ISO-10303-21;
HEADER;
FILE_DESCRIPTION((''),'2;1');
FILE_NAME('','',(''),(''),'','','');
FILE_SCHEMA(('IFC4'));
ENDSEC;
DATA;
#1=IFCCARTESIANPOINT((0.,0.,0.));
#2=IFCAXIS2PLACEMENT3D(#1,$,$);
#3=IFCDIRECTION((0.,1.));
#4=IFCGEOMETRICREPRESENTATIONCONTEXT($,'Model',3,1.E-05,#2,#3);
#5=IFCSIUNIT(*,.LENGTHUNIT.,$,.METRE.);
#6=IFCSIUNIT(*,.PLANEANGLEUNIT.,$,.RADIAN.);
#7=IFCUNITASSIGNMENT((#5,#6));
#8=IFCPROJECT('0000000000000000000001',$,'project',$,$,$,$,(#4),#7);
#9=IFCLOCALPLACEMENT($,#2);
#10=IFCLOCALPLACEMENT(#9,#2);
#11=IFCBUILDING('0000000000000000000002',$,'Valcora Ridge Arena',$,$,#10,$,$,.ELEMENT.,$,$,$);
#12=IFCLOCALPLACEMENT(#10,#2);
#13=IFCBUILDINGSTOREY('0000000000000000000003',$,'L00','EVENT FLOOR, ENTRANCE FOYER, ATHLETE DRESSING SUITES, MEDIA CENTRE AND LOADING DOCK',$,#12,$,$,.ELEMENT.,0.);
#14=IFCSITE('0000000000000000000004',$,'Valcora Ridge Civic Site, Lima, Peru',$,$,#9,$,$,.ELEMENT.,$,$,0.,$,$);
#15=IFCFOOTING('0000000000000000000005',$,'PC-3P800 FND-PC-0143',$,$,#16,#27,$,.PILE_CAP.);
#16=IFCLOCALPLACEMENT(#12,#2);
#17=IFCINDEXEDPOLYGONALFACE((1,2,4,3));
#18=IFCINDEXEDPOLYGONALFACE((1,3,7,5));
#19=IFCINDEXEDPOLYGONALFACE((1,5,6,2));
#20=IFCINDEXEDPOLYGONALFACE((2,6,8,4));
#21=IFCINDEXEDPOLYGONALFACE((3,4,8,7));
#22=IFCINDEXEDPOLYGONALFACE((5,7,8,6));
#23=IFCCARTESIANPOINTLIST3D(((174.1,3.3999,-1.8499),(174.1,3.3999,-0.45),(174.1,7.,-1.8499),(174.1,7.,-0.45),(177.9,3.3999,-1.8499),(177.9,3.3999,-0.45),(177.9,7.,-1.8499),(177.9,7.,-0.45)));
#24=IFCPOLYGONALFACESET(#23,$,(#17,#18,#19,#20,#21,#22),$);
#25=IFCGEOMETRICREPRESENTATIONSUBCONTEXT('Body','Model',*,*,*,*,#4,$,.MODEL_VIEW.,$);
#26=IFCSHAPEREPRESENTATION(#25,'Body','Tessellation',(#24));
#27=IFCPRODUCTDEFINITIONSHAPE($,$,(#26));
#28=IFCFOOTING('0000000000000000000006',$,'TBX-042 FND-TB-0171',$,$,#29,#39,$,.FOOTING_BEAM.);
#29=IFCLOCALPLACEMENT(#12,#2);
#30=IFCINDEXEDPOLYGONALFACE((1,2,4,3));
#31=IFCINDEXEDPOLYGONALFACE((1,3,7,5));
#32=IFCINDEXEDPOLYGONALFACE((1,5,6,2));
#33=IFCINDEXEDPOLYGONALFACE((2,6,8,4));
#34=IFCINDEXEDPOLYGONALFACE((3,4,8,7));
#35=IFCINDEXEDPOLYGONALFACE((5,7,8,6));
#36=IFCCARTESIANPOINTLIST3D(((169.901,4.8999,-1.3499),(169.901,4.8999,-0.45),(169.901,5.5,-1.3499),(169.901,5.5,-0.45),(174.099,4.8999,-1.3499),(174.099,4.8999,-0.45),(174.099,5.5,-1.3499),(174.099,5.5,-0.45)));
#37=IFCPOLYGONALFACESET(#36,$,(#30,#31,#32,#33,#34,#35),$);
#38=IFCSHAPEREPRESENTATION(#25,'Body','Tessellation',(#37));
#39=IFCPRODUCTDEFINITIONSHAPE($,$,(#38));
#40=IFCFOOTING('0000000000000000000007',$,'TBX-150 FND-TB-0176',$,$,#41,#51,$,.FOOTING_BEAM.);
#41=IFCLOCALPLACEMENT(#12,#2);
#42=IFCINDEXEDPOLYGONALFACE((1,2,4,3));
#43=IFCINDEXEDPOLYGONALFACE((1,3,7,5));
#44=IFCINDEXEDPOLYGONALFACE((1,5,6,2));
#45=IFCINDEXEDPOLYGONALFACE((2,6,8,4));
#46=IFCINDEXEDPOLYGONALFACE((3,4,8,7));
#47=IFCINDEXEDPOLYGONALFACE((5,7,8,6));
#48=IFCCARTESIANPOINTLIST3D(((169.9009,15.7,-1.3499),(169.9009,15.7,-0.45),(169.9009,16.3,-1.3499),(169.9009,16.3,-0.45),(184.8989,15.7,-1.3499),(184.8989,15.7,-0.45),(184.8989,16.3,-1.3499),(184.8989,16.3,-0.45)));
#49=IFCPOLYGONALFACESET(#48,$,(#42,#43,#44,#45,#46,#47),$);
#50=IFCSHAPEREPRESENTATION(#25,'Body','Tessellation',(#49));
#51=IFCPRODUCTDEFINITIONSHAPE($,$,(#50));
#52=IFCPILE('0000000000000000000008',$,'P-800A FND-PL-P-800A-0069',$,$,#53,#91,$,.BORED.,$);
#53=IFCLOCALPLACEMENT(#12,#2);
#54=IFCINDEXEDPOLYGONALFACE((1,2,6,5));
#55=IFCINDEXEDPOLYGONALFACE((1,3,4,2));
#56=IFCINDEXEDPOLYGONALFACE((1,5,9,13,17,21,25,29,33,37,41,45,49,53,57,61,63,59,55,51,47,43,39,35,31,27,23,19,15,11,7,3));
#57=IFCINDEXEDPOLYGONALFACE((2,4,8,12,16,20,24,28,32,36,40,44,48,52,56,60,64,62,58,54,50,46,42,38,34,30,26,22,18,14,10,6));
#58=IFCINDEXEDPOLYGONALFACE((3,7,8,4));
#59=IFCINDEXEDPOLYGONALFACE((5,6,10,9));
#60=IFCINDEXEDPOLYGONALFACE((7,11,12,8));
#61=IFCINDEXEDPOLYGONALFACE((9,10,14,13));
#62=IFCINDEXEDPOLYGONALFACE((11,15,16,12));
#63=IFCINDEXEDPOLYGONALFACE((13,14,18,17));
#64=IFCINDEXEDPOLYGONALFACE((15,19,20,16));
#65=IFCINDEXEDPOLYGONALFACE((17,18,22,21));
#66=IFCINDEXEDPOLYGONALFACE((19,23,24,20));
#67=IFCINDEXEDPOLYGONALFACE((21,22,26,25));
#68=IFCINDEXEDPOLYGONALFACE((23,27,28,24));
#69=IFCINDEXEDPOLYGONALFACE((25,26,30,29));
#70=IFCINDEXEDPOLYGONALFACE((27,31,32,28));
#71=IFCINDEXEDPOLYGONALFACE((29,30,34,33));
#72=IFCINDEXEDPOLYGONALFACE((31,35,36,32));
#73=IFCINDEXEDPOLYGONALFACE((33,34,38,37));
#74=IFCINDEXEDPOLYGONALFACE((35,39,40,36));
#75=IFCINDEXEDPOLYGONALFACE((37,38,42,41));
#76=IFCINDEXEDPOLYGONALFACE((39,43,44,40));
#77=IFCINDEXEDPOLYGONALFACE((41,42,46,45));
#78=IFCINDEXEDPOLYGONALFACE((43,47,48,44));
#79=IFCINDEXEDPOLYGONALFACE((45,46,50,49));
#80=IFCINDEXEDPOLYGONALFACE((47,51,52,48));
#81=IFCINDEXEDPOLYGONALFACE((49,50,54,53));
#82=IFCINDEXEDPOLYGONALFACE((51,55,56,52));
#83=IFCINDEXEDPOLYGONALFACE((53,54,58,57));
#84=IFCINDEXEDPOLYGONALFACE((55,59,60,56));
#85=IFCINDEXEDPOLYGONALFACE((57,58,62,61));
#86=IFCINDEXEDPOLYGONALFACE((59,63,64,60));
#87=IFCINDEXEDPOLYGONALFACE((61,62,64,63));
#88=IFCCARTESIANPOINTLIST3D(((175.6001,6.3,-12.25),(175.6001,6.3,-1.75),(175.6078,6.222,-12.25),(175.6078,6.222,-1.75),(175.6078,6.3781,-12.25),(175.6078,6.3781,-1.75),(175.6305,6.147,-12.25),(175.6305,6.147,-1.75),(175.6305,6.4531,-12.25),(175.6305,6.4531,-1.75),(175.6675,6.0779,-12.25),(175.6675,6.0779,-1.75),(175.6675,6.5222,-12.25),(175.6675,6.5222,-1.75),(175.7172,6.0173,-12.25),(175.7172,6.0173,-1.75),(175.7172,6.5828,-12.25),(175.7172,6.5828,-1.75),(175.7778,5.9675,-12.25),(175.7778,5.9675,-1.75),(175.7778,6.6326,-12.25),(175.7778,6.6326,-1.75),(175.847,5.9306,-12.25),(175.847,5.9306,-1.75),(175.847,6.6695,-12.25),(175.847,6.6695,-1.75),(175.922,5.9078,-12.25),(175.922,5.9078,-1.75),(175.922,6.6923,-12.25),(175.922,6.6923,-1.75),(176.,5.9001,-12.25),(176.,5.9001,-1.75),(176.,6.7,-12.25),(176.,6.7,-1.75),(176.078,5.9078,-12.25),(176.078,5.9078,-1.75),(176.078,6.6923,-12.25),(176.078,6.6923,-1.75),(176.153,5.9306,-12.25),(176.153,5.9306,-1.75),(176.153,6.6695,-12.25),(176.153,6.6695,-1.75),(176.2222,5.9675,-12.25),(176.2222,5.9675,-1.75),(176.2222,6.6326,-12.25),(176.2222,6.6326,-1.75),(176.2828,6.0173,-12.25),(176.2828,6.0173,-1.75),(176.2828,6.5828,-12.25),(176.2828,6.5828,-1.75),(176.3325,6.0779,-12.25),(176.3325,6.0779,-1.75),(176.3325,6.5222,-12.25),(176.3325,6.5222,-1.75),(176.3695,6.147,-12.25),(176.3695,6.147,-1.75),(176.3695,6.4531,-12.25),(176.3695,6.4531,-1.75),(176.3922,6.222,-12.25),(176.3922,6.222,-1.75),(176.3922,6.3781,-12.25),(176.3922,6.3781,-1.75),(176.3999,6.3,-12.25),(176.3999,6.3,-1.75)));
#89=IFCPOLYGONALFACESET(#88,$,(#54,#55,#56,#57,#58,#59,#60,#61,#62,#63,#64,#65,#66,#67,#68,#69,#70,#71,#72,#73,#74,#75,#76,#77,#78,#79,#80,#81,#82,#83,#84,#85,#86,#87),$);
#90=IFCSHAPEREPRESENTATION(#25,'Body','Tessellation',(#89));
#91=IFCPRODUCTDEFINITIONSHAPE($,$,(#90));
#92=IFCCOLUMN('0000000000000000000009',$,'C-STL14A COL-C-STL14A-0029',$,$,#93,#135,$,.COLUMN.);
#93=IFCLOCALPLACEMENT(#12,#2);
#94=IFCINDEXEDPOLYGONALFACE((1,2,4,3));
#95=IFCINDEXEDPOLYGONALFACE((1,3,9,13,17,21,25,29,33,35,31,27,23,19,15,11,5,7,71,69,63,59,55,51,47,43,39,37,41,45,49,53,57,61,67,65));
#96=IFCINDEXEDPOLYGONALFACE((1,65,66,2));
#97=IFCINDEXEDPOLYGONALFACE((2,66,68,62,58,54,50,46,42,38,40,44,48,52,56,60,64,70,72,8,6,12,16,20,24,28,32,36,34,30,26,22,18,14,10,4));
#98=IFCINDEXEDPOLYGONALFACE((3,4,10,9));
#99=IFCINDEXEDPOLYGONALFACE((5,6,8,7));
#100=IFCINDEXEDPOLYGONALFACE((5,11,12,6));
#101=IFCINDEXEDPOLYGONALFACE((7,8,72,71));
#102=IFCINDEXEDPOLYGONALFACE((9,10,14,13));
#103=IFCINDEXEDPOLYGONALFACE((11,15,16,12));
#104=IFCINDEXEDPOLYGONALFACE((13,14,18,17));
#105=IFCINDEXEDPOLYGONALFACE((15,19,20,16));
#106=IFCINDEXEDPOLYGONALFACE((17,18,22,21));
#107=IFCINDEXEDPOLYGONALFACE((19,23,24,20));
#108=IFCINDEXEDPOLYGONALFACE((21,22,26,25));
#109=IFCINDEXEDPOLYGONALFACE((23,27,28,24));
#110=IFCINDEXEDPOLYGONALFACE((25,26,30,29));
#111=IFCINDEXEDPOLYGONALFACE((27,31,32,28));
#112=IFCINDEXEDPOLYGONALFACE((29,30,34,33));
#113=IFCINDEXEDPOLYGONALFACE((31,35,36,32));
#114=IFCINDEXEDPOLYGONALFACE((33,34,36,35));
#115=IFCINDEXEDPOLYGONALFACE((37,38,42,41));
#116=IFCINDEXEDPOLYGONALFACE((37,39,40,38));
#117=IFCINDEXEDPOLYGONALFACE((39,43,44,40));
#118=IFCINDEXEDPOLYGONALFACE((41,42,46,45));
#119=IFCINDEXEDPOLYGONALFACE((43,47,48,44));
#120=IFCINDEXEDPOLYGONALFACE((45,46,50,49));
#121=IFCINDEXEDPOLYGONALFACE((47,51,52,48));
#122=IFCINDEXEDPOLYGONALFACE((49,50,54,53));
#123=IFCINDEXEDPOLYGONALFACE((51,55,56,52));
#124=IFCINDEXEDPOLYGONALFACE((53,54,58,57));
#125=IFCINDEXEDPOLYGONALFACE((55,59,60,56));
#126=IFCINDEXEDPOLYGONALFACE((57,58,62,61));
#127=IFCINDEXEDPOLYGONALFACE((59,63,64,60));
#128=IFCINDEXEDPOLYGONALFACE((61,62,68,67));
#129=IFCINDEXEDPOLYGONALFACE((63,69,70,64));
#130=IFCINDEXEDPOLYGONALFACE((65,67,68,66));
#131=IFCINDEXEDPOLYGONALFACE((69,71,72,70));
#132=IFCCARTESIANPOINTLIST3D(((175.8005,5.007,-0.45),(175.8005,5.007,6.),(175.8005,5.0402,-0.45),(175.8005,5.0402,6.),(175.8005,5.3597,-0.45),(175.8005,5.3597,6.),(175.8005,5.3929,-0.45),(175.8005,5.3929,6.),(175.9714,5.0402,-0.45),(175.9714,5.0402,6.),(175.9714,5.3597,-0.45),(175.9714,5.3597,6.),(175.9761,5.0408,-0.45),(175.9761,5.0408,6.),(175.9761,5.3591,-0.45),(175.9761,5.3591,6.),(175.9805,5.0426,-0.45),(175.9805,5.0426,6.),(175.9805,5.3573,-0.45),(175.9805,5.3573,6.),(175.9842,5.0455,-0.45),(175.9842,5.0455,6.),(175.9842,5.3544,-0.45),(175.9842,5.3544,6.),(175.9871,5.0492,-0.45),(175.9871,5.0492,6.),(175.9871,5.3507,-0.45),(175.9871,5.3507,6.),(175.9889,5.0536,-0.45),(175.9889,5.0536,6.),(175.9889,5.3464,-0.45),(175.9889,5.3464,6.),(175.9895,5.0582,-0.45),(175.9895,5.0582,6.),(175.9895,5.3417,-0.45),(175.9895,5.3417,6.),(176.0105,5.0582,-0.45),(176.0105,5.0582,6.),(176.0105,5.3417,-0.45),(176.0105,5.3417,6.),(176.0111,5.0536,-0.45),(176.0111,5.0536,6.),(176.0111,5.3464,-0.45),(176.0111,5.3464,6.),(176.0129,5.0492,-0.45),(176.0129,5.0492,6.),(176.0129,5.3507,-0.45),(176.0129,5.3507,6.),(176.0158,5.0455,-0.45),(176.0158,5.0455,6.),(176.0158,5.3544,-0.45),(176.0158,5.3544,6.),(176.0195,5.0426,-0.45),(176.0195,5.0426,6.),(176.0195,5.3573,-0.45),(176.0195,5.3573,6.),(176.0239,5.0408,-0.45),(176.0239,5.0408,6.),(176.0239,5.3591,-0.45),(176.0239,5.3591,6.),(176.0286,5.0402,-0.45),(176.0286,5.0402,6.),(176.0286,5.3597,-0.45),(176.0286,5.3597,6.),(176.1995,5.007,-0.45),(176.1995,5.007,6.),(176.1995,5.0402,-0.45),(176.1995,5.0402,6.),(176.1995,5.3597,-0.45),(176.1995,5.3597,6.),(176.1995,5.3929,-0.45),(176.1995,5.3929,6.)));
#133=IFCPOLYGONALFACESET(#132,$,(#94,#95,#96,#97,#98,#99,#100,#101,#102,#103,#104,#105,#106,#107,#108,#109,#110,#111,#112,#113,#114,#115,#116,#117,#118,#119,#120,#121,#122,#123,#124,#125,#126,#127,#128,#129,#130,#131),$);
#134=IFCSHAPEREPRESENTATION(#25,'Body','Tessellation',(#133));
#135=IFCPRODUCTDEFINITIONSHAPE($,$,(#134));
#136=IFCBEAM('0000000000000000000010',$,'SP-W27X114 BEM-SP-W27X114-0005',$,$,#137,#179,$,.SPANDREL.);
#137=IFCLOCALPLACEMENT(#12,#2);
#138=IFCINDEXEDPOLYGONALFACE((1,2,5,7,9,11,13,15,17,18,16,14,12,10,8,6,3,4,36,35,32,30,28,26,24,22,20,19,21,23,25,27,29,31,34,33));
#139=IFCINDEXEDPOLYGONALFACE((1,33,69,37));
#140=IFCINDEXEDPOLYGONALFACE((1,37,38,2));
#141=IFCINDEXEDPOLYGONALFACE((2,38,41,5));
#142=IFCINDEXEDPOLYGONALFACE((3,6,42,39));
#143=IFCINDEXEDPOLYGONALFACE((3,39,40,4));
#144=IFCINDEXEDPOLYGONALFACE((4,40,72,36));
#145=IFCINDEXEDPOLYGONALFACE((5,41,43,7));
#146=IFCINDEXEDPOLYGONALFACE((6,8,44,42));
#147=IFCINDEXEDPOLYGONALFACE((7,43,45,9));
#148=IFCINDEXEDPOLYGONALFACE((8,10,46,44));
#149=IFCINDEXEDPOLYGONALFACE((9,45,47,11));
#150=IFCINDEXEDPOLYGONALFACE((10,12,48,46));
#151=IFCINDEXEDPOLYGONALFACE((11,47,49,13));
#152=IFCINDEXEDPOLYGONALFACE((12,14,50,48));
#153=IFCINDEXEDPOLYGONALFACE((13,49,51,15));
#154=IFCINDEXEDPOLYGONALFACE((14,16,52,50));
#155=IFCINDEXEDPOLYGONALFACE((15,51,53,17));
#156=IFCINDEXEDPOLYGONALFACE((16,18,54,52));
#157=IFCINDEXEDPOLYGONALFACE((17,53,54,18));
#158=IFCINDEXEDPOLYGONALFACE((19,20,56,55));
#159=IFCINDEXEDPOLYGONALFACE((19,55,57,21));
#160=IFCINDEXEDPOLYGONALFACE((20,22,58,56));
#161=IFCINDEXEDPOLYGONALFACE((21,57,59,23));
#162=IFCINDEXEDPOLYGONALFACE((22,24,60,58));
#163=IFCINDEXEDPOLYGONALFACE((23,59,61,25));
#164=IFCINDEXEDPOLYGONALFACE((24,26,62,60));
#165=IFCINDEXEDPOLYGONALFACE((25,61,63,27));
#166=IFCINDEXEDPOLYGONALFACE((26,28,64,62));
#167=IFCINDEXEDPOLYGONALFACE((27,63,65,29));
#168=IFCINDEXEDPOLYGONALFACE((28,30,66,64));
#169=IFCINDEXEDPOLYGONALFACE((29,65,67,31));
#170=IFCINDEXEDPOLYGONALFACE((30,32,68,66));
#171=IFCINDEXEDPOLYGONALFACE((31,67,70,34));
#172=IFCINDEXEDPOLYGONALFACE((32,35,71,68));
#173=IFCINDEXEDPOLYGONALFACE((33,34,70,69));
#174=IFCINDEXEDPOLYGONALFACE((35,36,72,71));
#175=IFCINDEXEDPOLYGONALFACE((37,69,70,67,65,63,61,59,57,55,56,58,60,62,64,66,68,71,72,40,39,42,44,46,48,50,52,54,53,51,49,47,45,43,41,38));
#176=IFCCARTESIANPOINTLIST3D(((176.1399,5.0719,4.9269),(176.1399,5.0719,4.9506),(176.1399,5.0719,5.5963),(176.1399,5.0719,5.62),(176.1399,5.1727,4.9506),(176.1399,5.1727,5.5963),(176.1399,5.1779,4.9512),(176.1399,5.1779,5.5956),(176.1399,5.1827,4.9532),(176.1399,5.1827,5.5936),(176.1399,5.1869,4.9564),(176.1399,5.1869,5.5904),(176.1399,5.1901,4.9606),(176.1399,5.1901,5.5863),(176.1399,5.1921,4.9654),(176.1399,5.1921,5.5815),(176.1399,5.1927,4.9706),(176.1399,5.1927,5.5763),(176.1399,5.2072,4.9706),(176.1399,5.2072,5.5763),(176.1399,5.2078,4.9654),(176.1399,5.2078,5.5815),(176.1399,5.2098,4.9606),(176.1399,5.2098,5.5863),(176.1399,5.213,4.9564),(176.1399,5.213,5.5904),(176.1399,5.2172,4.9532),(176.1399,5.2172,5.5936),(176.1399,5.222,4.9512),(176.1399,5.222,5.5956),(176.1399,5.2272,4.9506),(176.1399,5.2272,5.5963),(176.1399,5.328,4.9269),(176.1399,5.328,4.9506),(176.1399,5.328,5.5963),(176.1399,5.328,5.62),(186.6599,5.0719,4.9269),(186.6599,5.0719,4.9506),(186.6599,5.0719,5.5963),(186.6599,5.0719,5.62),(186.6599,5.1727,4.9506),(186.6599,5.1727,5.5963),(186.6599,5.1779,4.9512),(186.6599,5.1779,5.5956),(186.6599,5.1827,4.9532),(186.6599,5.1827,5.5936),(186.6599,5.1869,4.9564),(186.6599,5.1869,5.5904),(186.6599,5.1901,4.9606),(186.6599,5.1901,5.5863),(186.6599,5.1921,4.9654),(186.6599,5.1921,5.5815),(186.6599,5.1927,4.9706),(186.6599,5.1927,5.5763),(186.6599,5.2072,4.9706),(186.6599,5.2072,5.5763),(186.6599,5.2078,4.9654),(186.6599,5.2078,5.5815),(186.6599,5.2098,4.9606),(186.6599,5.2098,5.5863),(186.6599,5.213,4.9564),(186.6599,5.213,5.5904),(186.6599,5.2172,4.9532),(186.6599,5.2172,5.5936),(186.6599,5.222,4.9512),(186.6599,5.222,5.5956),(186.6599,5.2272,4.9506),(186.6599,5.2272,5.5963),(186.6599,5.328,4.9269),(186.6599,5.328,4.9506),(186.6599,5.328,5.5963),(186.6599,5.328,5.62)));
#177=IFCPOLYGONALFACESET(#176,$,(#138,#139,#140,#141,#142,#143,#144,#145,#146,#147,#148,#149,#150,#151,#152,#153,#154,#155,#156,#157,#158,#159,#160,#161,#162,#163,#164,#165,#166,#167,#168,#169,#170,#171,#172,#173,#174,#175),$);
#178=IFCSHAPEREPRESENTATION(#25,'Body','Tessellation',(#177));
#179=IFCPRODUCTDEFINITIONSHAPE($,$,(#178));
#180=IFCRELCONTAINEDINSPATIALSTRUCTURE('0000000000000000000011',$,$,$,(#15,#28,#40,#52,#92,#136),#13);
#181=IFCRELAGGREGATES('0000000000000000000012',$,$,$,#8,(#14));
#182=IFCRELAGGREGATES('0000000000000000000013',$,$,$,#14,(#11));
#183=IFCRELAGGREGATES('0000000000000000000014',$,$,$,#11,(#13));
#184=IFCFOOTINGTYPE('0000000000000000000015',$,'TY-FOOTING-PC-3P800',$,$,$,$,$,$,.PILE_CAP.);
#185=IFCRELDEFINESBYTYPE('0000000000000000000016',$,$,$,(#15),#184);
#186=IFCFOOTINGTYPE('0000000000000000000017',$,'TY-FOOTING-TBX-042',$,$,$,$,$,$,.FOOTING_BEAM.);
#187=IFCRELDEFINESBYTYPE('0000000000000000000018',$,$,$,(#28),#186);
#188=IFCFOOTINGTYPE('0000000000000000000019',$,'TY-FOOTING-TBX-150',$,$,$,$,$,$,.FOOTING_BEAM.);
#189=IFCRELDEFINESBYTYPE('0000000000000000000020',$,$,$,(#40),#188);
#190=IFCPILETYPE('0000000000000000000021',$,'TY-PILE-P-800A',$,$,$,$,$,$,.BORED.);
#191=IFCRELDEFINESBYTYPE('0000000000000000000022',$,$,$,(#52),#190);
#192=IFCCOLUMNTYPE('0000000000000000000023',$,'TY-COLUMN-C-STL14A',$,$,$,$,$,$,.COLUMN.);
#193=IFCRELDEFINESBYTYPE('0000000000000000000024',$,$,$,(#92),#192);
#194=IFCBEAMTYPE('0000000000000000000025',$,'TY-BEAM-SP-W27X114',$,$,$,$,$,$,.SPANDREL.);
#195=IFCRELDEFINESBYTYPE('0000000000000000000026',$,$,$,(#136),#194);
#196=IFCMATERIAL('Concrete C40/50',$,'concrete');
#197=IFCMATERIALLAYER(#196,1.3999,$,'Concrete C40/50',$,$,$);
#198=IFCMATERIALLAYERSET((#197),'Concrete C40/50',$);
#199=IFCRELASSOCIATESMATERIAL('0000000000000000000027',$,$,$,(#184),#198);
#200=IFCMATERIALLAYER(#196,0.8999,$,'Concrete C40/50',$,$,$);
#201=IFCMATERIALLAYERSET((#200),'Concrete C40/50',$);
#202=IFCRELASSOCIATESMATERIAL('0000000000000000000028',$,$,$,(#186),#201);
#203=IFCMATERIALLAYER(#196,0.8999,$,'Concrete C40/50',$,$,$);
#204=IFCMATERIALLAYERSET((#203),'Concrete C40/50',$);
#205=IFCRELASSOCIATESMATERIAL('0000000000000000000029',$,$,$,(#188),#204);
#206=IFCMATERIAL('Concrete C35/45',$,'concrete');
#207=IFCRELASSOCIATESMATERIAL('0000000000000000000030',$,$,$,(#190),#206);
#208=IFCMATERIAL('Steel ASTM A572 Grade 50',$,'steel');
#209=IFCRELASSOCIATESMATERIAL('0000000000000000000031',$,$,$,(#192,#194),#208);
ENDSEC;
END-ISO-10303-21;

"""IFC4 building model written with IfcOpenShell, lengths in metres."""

from ifc_helpers import new_model, si_unit, direction, frame, origin, origin_2d, place, context, subcontext, project, spatial, rectangle, circle, i_section, extrude, material, layer, layer_set, material_profile, profile_set, type_object, element, save


model = new_model("IFC4")

# Units and contexts
model_context = context("Model", 3, precision=1e-05, world=origin(), true_north=direction((0.0, 1.0)))
body_context = subcontext(model_context, "Body", "Model", "MODEL_VIEW")
ifc_project = project(units=[si_unit("LENGTHUNIT", "METRE"), si_unit("PLANEANGLEUNIT", "RADIAN")], contexts=[model_context])

# Site, building, storey
site_placement = place(None, origin())
site = spatial("IfcSite", under=ifc_project, at=site_placement, Name="Valcora Ridge Civic Site, Lima, Peru", CompositionType="ELEMENT", RefElevation=0.0)
building_placement = place(site_placement, origin())
building = spatial("IfcBuilding", under=site, at=building_placement, Name="Valcora Ridge Arena", CompositionType="ELEMENT")
storey_placement = place(building_placement, origin())
storey = spatial("IfcBuildingStorey", under=building, at=storey_placement, Name="L00", Description="EVENT FLOOR, ENTRANCE FOYER, ATHLETE DRESSING SUITES, MEDIA CENTRE AND LOADING DOCK", CompositionType="ELEMENT", Elevation=0.0)

# Footings
ifc_material_1 = material(Name="Concrete C40/50", Category="concrete")
ifc_layer_1 = layer(ifc_material_1, 1.3999, Name="Concrete C40/50")
ifc_layer_set_1 = layer_set([ifc_layer_1], Name="Concrete C40/50")
footing_type_1 = type_object("IfcFootingType", Name="TY-FOOTING-PC-3P800", PredefinedType="PILE_CAP", material=ifc_layer_set_1)
footing_1_placement = place(storey_placement, frame((176.0, 5.2, -1.8499), z_axis=(0.0, 0.0, 1.0), x_axis=(1.0, 0.0, 0.0)))
element("IfcFooting", 1, at=footing_1_placement, inside=storey, type_object=footing_type_1, Name="PC-3P800 FND-PC-0143", PredefinedType="PILE_CAP", context=body_context, shape_type="SweptSolid", body=[
    extrude(rectangle(XDim=3.8, YDim=3.6001, at=origin_2d()), origin(), (0.0, 0.0, 1.0), 1.3999),
])
ifc_layer_2 = layer(ifc_material_1, 0.8999, Name="Concrete C40/50")
ifc_layer_set_2 = layer_set([ifc_layer_2], Name="Concrete C40/50")
footing_type_2 = type_object("IfcFootingType", Name="TY-FOOTING-TBX-042", PredefinedType="FOOTING_BEAM", material=ifc_layer_set_2)
footing_2_placement = place(storey_placement, frame((172.0, 5.2, -1.3499), z_axis=(0.0, 0.0, 1.0), x_axis=(1.0, 0.0, 0.0)))
element("IfcFooting", 2, at=footing_2_placement, inside=storey, type_object=footing_type_2, Name="TBX-042 FND-TB-0171", PredefinedType="FOOTING_BEAM", context=body_context, shape_type="SweptSolid", body=[
    extrude(rectangle(XDim=4.198, YDim=0.6001, at=origin_2d()), origin(), (0.0, 0.0, 1.0), 0.8999),
])
ifc_layer_3 = layer(ifc_material_1, 0.8999, Name="Concrete C40/50")
ifc_layer_set_3 = layer_set([ifc_layer_3], Name="Concrete C40/50")
footing_type_3 = type_object("IfcFootingType", Name="TY-FOOTING-TBX-150", PredefinedType="FOOTING_BEAM", material=ifc_layer_set_3)
footing_3_placement = place(storey_placement, frame((177.3999, 16.0, -1.3499), z_axis=(0.0, 0.0, 1.0), x_axis=(1.0, 0.0, 0.0)))
element("IfcFooting", 3, at=footing_3_placement, inside=storey, type_object=footing_type_3, Name="TBX-150 FND-TB-0176", PredefinedType="FOOTING_BEAM", context=body_context, shape_type="SweptSolid", body=[
    extrude(rectangle(XDim=14.998, YDim=0.6001, at=origin_2d()), origin(), (0.0, 0.0, 1.0), 0.8999),
])

# Pile
ifc_material_2 = material(Name="Concrete C35/45", Category="concrete")
ifc_material_profile_1 = material_profile(ifc_material_2, circle(Radius=0.3999, at=origin_2d()), Name="BORED PILE D800")
ifc_profile_set_1 = profile_set([ifc_material_profile_1], Name="Concrete C35/45")
pile_type = type_object("IfcPileType", Name="TY-PILE-P-800A", PredefinedType="BORED", material=ifc_profile_set_1)
pile_placement = place(storey_placement, frame((176.0, 6.3, -1.75), z_axis=(0.0, 0.0, -1.0), x_axis=(1.0, 0.0, 0.0)))
element("IfcPile", 4, at=pile_placement, inside=storey, type_object=pile_type, Name="P-800A FND-PL-P-800A-0069", PredefinedType="BORED", context=body_context, shape_type="SweptSolid", body=[
    extrude(circle(Radius=0.3999, at=origin_2d()), origin(), (0.0, 0.0, 1.0), 10.5),
])

# Column
ifc_material_3 = material(Name="Steel ASTM A572 Grade 50", Category="steel")
ifc_material_profile_2 = material_profile(ifc_material_3, i_section(OverallWidth=0.3989, OverallDepth=0.386, WebThickness=0.021, FlangeThickness=0.0332, FilletRadius=0.0181, at=origin_2d()), Name="W14X176")
ifc_profile_set_2 = profile_set([ifc_material_profile_2], Name="Steel ASTM A572 Grade 50")
column_type = type_object("IfcColumnType", Name="TY-COLUMN-C-STL14A", PredefinedType="COLUMN", material=ifc_profile_set_2)
column_placement = place(storey_placement, frame((176.0, 5.2, -0.45), z_axis=(0.0, 0.0, 1.0), x_axis=(1.0, 0.0, 0.0)))
element("IfcColumn", 5, at=column_placement, inside=storey, type_object=column_type, Name="C-STL14A COL-C-STL14A-0029", PredefinedType="COLUMN", context=body_context, shape_type="SweptSolid", body=[
    extrude(i_section(OverallWidth=0.3989, OverallDepth=0.386, WebThickness=0.021, FlangeThickness=0.0332, FilletRadius=0.0181, at=origin_2d()), origin(), (0.0, 0.0, 1.0), 6.45),
])

# Beam
ifc_material_profile_3 = material_profile(ifc_material_3, i_section(OverallWidth=0.2561, OverallDepth=0.6931, WebThickness=0.0144, FlangeThickness=0.0237, FilletRadius=0.02, at=origin_2d()), Name="W27X114")
ifc_profile_set_3 = profile_set([ifc_material_profile_3], Name="Steel ASTM A572 Grade 50")
beam_type = type_object("IfcBeamType", Name="TY-BEAM-SP-W27X114", PredefinedType="SPANDREL", material=ifc_profile_set_3)
beam_placement = place(storey_placement, frame((176.1399, 5.2, 5.2734), z_axis=(1.0, 0.0, 0.0), x_axis=(0.0, 1.0, 0.0)))
element("IfcBeam", 6, at=beam_placement, inside=storey, type_object=beam_type, Name="SP-W27X114 BEM-SP-W27X114-0005", PredefinedType="SPANDREL", context=body_context, shape_type="SweptSolid", body=[
    extrude(i_section(OverallWidth=0.2561, OverallDepth=0.6931, WebThickness=0.0144, FlangeThickness=0.0237, FilletRadius=0.02, at=origin_2d()), origin(), (0.0, 0.0, 1.0), 10.52),
])

save(model, "model.ifc")
